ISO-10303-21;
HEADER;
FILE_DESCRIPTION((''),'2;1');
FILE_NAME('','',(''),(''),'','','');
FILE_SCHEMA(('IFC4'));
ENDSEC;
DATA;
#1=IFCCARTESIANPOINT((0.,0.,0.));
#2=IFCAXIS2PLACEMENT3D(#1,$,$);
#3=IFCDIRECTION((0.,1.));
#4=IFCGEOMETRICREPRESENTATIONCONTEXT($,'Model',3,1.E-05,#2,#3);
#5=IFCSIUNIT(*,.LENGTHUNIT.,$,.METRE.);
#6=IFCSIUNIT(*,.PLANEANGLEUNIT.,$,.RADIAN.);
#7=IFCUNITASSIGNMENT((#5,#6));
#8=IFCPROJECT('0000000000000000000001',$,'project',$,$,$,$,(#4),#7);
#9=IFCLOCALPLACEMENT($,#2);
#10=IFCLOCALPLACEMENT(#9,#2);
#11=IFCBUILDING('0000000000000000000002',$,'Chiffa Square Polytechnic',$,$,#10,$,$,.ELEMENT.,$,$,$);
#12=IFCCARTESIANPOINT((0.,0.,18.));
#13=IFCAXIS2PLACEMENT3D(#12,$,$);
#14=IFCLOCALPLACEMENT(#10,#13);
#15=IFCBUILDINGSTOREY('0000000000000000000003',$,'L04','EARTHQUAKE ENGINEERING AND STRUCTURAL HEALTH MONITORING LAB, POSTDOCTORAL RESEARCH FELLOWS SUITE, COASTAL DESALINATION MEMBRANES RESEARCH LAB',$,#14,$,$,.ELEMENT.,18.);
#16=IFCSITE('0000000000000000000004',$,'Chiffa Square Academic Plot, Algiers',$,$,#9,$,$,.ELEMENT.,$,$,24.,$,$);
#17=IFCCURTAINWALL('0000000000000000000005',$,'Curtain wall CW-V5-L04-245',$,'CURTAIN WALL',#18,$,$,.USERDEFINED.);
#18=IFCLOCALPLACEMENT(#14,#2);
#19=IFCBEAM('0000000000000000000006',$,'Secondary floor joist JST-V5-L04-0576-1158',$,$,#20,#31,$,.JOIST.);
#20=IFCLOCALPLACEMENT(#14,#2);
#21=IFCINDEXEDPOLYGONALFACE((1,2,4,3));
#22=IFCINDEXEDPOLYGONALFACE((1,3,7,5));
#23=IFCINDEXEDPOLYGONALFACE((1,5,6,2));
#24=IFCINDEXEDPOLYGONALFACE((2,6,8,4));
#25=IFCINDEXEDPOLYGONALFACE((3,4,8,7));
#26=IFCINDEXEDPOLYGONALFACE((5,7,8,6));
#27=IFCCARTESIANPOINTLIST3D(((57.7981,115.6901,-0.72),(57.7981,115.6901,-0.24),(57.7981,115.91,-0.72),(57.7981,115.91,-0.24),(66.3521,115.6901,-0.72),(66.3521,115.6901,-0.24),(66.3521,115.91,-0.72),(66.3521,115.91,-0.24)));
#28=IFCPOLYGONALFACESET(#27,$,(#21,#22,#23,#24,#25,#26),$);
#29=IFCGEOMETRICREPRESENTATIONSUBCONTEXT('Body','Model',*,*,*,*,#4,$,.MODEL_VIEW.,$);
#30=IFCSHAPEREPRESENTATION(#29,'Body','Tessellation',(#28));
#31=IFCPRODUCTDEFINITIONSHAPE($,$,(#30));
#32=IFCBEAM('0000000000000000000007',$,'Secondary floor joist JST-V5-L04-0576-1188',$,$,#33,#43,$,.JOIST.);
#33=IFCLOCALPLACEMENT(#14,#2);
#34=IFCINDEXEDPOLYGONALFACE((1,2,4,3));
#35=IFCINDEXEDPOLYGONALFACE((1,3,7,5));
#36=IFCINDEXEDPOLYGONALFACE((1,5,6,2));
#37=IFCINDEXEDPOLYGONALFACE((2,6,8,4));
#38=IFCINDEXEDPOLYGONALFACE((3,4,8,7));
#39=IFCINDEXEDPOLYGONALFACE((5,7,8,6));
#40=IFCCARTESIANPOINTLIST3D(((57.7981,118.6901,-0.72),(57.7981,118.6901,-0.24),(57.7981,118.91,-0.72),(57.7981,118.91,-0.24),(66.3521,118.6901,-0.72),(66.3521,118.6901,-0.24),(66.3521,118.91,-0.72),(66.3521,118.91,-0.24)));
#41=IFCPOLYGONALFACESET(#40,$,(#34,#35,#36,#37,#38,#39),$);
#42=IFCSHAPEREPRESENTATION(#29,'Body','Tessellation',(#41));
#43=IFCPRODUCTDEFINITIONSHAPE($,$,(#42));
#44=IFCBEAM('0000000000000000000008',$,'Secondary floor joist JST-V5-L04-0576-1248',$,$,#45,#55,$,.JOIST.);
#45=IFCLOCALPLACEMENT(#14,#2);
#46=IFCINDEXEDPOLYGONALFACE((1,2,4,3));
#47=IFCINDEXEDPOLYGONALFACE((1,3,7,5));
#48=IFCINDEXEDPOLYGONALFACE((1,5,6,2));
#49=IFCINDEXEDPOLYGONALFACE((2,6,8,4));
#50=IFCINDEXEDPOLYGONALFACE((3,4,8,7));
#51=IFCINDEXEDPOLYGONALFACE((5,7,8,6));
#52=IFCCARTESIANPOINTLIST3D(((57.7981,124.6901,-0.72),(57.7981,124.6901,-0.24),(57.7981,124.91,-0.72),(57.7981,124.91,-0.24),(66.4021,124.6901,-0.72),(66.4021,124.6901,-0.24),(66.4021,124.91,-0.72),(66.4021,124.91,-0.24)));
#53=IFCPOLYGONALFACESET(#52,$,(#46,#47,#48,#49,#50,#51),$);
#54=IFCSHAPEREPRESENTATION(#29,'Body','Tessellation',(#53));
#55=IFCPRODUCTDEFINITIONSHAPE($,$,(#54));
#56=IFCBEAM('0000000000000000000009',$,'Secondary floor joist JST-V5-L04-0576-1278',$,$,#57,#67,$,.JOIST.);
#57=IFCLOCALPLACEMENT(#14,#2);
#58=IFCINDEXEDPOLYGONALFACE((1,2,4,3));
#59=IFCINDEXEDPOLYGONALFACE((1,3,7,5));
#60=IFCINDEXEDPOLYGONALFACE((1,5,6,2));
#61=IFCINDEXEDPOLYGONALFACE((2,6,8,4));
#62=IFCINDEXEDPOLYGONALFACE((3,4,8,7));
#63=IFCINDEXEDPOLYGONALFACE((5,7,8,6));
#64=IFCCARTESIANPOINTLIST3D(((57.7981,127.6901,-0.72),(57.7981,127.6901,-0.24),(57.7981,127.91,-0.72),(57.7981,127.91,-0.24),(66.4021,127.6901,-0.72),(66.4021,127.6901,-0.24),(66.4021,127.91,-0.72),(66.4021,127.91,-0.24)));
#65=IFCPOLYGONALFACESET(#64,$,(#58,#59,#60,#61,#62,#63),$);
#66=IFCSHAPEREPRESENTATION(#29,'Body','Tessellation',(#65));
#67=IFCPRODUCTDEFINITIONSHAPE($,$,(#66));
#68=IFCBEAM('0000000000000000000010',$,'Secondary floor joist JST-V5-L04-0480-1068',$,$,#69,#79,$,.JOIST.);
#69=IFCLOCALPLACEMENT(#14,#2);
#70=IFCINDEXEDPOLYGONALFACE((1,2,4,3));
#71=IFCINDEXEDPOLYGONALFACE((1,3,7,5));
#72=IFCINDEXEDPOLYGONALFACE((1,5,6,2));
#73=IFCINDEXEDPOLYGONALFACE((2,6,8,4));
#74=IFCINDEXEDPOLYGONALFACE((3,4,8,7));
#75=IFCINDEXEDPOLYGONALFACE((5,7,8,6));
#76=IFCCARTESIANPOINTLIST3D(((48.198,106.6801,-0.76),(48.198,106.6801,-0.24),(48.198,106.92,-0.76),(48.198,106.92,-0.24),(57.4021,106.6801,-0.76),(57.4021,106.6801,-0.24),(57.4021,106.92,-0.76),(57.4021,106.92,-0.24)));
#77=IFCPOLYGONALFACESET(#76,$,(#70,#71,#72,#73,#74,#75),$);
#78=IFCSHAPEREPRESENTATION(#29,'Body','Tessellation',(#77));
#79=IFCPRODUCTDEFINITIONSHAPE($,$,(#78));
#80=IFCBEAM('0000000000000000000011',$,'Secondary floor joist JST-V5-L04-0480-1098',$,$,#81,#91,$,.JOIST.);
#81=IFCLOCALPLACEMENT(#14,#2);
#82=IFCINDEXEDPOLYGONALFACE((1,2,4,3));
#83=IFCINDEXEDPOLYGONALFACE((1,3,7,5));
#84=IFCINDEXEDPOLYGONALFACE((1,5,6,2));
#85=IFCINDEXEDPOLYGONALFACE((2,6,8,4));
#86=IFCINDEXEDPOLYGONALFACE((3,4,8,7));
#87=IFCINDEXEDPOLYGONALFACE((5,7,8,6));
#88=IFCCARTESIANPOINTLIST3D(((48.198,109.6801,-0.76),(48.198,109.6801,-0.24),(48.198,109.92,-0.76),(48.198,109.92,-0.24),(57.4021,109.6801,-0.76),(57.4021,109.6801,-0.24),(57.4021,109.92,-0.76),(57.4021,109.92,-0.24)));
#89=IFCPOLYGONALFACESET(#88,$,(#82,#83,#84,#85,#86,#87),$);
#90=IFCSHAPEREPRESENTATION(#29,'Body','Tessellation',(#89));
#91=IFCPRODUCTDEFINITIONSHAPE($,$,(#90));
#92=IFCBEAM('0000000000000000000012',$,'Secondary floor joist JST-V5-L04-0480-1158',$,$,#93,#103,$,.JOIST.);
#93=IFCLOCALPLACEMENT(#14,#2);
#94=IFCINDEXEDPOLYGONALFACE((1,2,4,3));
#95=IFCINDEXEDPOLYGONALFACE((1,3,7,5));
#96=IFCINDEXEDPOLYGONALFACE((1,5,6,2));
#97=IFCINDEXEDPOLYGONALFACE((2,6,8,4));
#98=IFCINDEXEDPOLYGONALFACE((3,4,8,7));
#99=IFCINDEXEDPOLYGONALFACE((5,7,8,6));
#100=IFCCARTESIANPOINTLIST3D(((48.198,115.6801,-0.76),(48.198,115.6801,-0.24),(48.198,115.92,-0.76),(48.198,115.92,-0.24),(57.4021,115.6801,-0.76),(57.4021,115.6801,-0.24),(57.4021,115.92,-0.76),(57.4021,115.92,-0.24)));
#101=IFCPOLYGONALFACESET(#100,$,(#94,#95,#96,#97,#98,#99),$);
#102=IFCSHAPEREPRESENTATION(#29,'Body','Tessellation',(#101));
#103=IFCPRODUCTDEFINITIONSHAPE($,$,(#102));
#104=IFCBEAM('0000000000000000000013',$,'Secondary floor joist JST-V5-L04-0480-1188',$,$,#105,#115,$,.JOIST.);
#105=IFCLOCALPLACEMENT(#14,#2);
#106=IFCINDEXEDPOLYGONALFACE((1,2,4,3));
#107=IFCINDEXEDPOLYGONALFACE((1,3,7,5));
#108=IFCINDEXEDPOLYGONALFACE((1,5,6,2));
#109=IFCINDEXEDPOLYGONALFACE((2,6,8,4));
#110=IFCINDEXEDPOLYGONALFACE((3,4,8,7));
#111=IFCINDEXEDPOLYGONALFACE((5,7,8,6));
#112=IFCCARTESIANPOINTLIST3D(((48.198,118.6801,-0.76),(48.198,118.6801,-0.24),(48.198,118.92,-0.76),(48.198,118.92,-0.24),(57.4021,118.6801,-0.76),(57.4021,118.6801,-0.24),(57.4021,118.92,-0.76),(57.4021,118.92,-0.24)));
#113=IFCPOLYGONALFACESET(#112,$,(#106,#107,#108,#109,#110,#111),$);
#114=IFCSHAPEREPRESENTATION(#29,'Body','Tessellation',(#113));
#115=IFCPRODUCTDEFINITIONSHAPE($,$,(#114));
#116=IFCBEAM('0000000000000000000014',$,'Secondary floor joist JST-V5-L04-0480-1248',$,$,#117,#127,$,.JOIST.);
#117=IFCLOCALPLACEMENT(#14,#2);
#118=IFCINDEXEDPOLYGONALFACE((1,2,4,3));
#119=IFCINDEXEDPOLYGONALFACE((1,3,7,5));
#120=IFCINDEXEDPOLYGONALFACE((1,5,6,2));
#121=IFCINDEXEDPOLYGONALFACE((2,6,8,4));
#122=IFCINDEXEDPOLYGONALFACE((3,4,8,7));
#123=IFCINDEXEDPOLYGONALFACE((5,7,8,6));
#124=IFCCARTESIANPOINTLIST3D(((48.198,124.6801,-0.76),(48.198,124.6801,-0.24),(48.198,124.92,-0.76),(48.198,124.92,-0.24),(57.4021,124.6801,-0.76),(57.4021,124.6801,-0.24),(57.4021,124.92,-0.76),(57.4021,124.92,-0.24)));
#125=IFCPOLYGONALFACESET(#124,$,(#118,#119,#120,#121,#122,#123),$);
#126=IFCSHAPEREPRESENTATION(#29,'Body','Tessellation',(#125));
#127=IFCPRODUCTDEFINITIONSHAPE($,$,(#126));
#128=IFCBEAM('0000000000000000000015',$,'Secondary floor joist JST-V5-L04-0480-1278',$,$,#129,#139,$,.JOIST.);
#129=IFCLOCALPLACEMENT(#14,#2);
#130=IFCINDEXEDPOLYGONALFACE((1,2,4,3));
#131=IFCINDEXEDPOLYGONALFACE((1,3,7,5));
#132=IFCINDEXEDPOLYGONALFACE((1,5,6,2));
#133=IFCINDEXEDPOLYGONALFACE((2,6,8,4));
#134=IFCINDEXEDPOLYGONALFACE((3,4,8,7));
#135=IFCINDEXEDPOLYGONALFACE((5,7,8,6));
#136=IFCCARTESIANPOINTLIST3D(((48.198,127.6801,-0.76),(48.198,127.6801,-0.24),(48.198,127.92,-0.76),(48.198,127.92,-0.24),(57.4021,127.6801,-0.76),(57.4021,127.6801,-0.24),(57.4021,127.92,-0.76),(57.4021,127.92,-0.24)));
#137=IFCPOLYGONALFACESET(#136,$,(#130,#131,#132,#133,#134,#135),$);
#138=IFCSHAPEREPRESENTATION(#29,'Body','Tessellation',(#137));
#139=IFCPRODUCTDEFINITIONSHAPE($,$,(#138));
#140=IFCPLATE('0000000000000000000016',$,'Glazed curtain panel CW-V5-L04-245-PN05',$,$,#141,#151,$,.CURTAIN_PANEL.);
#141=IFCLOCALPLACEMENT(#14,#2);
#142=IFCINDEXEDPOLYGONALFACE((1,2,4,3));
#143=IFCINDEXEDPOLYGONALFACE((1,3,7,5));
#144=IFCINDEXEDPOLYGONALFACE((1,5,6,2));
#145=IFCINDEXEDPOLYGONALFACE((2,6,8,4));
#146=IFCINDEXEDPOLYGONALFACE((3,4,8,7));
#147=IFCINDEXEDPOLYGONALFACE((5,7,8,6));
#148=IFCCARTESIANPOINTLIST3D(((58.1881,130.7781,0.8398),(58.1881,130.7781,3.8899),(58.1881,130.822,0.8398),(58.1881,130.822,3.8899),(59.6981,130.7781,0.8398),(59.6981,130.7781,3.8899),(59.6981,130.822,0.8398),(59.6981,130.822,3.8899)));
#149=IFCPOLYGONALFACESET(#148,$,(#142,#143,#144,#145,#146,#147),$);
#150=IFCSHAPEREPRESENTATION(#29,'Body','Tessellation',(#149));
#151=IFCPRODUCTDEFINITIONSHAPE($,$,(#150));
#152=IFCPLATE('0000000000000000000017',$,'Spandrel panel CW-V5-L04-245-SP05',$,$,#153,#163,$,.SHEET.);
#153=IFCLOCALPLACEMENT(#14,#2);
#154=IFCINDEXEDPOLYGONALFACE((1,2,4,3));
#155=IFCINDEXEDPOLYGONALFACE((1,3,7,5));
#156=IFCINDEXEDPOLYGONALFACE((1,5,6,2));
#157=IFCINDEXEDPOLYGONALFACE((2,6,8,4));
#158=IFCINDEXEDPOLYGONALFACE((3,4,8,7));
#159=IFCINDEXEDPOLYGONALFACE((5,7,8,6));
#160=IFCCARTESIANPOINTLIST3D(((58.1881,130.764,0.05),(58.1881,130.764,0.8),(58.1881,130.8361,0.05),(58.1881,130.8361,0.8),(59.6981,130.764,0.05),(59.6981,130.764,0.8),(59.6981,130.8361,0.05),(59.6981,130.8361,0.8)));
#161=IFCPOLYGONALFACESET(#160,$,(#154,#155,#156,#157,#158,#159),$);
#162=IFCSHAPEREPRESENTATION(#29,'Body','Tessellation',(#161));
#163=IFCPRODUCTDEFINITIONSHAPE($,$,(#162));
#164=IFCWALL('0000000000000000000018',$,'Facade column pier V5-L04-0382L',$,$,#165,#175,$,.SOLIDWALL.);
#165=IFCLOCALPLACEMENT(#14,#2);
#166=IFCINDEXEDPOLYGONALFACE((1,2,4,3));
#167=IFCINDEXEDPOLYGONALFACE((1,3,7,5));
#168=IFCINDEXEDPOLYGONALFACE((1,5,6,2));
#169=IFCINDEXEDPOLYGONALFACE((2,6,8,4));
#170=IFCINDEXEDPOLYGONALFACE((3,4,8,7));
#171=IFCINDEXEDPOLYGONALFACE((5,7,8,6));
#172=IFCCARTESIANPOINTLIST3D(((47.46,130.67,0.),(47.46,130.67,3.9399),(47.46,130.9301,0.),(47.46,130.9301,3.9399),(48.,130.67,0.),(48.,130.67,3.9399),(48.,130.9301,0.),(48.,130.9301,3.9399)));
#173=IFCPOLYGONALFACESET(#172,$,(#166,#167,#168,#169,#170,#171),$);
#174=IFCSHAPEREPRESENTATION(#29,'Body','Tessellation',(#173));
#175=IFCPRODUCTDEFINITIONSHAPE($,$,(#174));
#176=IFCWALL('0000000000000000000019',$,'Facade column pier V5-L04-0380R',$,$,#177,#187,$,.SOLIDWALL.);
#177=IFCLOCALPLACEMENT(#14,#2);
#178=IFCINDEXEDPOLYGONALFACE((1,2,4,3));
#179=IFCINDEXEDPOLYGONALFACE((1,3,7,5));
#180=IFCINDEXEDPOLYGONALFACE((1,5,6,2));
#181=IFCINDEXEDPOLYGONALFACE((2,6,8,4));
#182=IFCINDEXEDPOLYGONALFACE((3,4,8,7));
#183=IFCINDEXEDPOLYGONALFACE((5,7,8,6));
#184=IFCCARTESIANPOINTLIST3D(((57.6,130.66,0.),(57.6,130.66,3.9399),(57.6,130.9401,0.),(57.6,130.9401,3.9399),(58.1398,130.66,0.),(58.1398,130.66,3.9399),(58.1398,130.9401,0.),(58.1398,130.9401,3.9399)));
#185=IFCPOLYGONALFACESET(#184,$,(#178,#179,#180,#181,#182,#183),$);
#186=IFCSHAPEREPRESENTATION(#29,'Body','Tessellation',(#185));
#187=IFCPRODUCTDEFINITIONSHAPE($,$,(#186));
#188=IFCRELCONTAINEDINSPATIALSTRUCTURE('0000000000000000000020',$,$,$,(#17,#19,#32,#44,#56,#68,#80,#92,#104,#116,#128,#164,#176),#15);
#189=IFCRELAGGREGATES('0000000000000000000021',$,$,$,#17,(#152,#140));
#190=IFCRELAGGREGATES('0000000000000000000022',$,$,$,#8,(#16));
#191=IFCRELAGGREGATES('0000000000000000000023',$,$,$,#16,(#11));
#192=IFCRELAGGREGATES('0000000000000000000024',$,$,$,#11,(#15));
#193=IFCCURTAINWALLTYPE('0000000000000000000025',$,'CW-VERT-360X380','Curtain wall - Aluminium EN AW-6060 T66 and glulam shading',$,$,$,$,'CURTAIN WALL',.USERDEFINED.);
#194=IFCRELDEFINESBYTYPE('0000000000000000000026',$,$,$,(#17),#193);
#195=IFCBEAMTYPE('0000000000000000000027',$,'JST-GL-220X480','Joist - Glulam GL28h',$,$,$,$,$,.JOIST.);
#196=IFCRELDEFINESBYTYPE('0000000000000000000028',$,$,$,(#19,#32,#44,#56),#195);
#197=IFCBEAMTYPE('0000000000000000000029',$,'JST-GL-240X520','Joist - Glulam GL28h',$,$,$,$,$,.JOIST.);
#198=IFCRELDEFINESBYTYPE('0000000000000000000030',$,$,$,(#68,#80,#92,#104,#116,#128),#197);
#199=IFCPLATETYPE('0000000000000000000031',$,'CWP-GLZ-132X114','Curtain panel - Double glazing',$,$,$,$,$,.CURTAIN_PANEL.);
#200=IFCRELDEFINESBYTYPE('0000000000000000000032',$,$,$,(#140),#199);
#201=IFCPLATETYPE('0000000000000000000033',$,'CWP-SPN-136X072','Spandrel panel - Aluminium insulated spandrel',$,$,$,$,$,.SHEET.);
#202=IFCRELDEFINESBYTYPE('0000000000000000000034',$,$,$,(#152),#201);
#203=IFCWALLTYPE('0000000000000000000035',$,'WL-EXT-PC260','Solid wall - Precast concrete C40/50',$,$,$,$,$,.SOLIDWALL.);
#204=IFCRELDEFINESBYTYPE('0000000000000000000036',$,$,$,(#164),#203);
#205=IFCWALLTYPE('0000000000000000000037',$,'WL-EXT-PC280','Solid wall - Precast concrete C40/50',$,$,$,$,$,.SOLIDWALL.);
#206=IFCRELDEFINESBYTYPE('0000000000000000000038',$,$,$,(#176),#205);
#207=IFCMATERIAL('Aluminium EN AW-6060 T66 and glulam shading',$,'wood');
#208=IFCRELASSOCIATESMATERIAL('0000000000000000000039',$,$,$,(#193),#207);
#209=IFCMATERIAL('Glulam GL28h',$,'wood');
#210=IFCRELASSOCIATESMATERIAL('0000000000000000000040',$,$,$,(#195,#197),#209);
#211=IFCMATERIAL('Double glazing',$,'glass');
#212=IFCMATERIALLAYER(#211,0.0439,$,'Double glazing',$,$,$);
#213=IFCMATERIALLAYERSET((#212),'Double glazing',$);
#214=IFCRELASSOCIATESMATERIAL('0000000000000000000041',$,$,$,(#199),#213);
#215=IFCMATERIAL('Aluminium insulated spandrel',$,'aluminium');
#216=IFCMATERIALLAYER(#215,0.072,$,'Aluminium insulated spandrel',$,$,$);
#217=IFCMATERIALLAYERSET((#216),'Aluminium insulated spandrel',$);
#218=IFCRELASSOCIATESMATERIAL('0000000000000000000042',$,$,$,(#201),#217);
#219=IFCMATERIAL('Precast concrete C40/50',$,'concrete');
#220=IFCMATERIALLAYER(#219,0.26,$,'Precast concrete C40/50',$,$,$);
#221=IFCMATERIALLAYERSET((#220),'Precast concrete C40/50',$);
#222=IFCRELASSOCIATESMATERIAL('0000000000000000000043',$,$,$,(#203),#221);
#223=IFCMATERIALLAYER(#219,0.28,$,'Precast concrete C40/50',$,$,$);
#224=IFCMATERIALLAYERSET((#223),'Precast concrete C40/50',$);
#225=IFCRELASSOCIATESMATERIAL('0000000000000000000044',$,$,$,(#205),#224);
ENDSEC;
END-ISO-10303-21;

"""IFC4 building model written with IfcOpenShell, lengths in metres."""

from ifc_helpers import new_model, si_unit, direction, frame, frame_2d, origin, origin_2d, place, context, subcontext, project, spatial, rectangle, extrude, material, layer, layer_set, material_profile, profile_set, type_object, element, aggregate, save


model = new_model("IFC4")

# Units and contexts
model_context = context("Model", 3, precision=1e-05, world=origin(), true_north=direction((0.0, 1.0)))
body_context = subcontext(model_context, "Body", "Model", "MODEL_VIEW")
ifc_project = project(units=[si_unit("LENGTHUNIT", "METRE"), si_unit("PLANEANGLEUNIT", "RADIAN")], contexts=[model_context])

# Site, building, storey
site_placement = place(None, origin())
site = spatial("IfcSite", under=ifc_project, at=site_placement, Name="Chiffa Square Academic Plot, Algiers", CompositionType="ELEMENT", RefElevation=24.0)
building_placement = place(site_placement, origin())
building = spatial("IfcBuilding", under=site, at=building_placement, Name="Chiffa Square Polytechnic", CompositionType="ELEMENT")
storey_placement = place(building_placement, frame((0.0, 0.0, 18.0)))
storey = spatial("IfcBuildingStorey", under=building, at=storey_placement, Name="L04", Description="EARTHQUAKE ENGINEERING AND STRUCTURAL HEALTH MONITORING LAB, POSTDOCTORAL RESEARCH FELLOWS SUITE, COASTAL DESALINATION MEMBRANES RESEARCH LAB", CompositionType="ELEMENT", Elevation=18.0)

# Curtain wall
ifc_material_1 = material(Name="Aluminium EN AW-6060 T66 and glulam shading", Category="wood")
curtain_wall_type = type_object("IfcCurtainWallType", Name="CW-VERT-360X380", Description="Curtain wall - Aluminium EN AW-6060 T66 and glulam shading", ElementType="CURTAIN WALL", PredefinedType="USERDEFINED", material=ifc_material_1)
curtain_wall_placement = place(storey_placement, origin())
curtain_wall = element("IfcCurtainWall", 1, at=curtain_wall_placement, inside=storey, type_object=curtain_wall_type, Name="Curtain wall CW-V5-L04-245", ObjectType="CURTAIN WALL", PredefinedType="USERDEFINED")
ifc_material_2 = material(Name="Glulam GL28h", Category="wood")

# Beams
ifc_material_profile_1 = material_profile(ifc_material_2, rectangle(XDim=0.22, YDim=0.48, at=origin_2d()), Name="GL28h 220x480")
ifc_profile_set_1 = profile_set([ifc_material_profile_1], Name="Glulam GL28h")
beam_type_1 = type_object("IfcBeamType", Name="JST-GL-220X480", Description="Joist - Glulam GL28h", PredefinedType="JOIST", material=ifc_profile_set_1)
for number, where, z_axis, x_axis, name in (
    (2, (57.7981, 115.8, -0.48), (1.0, 0.0, 0.0), (0.0, 1.0, 0.0), "Secondary floor joist JST-V5-L04-0576-1158"),
    (3, (57.7981, 118.8, -0.48), (1.0, 0.0, 0.0), (0.0, 1.0, 0.0), "Secondary floor joist JST-V5-L04-0576-1188"),
):
    element("IfcBeam", number, at=place(storey_placement, frame(where, z_axis=z_axis, x_axis=x_axis)), inside=storey, type_object=beam_type_1, Name=name, PredefinedType="JOIST", context=body_context, shape_type="SweptSolid", body=[
        extrude(rectangle(XDim=0.22, YDim=0.48, at=origin_2d()), origin(), (0.0, 0.0, 1.0), 8.554),
    ])
for number, where, z_axis, x_axis, name in (
    (4, (57.7981, 124.8, -0.48), (1.0, 0.0, 0.0), (0.0, 1.0, 0.0), "Secondary floor joist JST-V5-L04-0576-1248"),
    (5, (57.7981, 127.8, -0.48), (1.0, 0.0, 0.0), (0.0, 1.0, 0.0), "Secondary floor joist JST-V5-L04-0576-1278"),
):
    element("IfcBeam", number, at=place(storey_placement, frame(where, z_axis=z_axis, x_axis=x_axis)), inside=storey, type_object=beam_type_1, Name=name, PredefinedType="JOIST", context=body_context, shape_type="SweptSolid", body=[
        extrude(rectangle(XDim=0.22, YDim=0.48, at=origin_2d()), origin(), (0.0, 0.0, 1.0), 8.604),
    ])
ifc_material_profile_2 = material_profile(ifc_material_2, rectangle(XDim=0.24, YDim=0.52, at=origin_2d()), Name="GL28h 240x520")
ifc_profile_set_2 = profile_set([ifc_material_profile_2], Name="Glulam GL28h")
beam_type_2 = type_object("IfcBeamType", Name="JST-GL-240X520", Description="Joist - Glulam GL28h", PredefinedType="JOIST", material=ifc_profile_set_2)
for number, where, z_axis, x_axis, name in (
    (6, (48.198, 106.8, -0.5), (1.0, 0.0, 0.0), (0.0, 1.0, 0.0), "Secondary floor joist JST-V5-L04-0480-1068"),
    (7, (48.198, 109.8, -0.5), (1.0, 0.0, 0.0), (0.0, 1.0, 0.0), "Secondary floor joist JST-V5-L04-0480-1098"),
    (8, (48.198, 115.8, -0.5), (1.0, 0.0, 0.0), (0.0, 1.0, 0.0), "Secondary floor joist JST-V5-L04-0480-1158"),
    (9, (48.198, 118.8, -0.5), (1.0, 0.0, 0.0), (0.0, 1.0, 0.0), "Secondary floor joist JST-V5-L04-0480-1188"),
    (10, (48.198, 124.8, -0.5), (1.0, 0.0, 0.0), (0.0, 1.0, 0.0), "Secondary floor joist JST-V5-L04-0480-1248"),
    (11, (48.198, 127.8, -0.5), (1.0, 0.0, 0.0), (0.0, 1.0, 0.0), "Secondary floor joist JST-V5-L04-0480-1278"),
):
    element("IfcBeam", number, at=place(storey_placement, frame(where, z_axis=z_axis, x_axis=x_axis)), inside=storey, type_object=beam_type_2, Name=name, PredefinedType="JOIST", context=body_context, shape_type="SweptSolid", body=[
        extrude(rectangle(XDim=0.24, YDim=0.52, at=origin_2d()), origin(), (0.0, 0.0, 1.0), 9.2041),
    ])

# Plates
ifc_material_3 = material(Name="Double glazing", Category="glass")
ifc_layer_1 = layer(ifc_material_3, 0.0439, Name="Double glazing")
ifc_layer_set_1 = layer_set([ifc_layer_1], Name="Double glazing")
plate_type_1 = type_object("IfcPlateType", Name="CWP-GLZ-132X114", Description="Curtain panel - Double glazing", PredefinedType="CURTAIN_PANEL", material=ifc_layer_set_1)
plate_1_placement = place(storey_placement, frame((58.9431, 130.8, 0.8398), z_axis=(0.0, 0.0, 1.0), x_axis=(-1.0, 0.0, 0.0)))
plate_1 = element("IfcPlate", 12, at=plate_1_placement, type_object=plate_type_1, Name="Glazed curtain panel CW-V5-L04-245-PN05", PredefinedType="CURTAIN_PANEL", context=body_context, shape_type="SweptSolid", body=[
    extrude(rectangle(XDim=1.51, YDim=0.0439, at=origin_2d()), origin(), (0.0, 0.0, 1.0), 3.05),
])
ifc_material_4 = material(Name="Aluminium insulated spandrel", Category="aluminium")
ifc_layer_2 = layer(ifc_material_4, 0.072, Name="Aluminium insulated spandrel")
ifc_layer_set_2 = layer_set([ifc_layer_2], Name="Aluminium insulated spandrel")
plate_type_2 = type_object("IfcPlateType", Name="CWP-SPN-136X072", Description="Spandrel panel - Aluminium insulated spandrel", PredefinedType="SHEET", material=ifc_layer_set_2)
plate_2_placement = place(storey_placement, frame((58.9431, 130.8, 0.05), z_axis=(0.0, 0.0, 1.0), x_axis=(-1.0, 0.0, 0.0)))
plate_2 = element("IfcPlate", 13, at=plate_2_placement, type_object=plate_type_2, Name="Spandrel panel CW-V5-L04-245-SP05", PredefinedType="SHEET", context=body_context, shape_type="SweptSolid", body=[
    extrude(rectangle(XDim=1.51, YDim=0.072, at=origin_2d()), origin(), (0.0, 0.0, 1.0), 0.75),
])
aggregate(curtain_wall, [plate_2, plate_1])

# Walls
ifc_material_5 = material(Name="Precast concrete C40/50", Category="concrete")
ifc_layer_3 = layer(ifc_material_5, 0.26, Name="Precast concrete C40/50")
ifc_layer_set_3 = layer_set([ifc_layer_3], Name="Precast concrete C40/50")
wall_type_1 = type_object("IfcWallType", Name="WL-EXT-PC260", Description="Solid wall - Precast concrete C40/50", PredefinedType="SOLIDWALL", material=ifc_layer_set_3)
wall_1_placement = place(storey_placement, frame((48.0, 130.8, 0.0), z_axis=(0.0, 0.0, 1.0), x_axis=(-1.0, 0.0, 0.0)))
element("IfcWall", 14, at=wall_1_placement, inside=storey, type_object=wall_type_1, Name="Facade column pier V5-L04-0382L", PredefinedType="SOLIDWALL", context=body_context, shape_type="SweptSolid", body=[
    extrude(rectangle(XDim=0.54, YDim=0.26, at=frame_2d((0.27, 0.0))), origin(), (0.0, 0.0, 1.0), 3.9399),
])
ifc_layer_4 = layer(ifc_material_5, 0.28, Name="Precast concrete C40/50")
ifc_layer_set_4 = layer_set([ifc_layer_4], Name="Precast concrete C40/50")
wall_type_2 = type_object("IfcWallType", Name="WL-EXT-PC280", Description="Solid wall - Precast concrete C40/50", PredefinedType="SOLIDWALL", material=ifc_layer_set_4)
wall_2_placement = place(storey_placement, frame((58.1399, 130.8, 0.0), z_axis=(0.0, 0.0, 1.0), x_axis=(-1.0, 0.0, 0.0)))
element("IfcWall", 15, at=wall_2_placement, inside=storey, type_object=wall_type_2, Name="Facade column pier V5-L04-0380R", PredefinedType="SOLIDWALL", context=body_context, shape_type="SweptSolid", body=[
    extrude(rectangle(XDim=0.5398, YDim=0.28, at=frame_2d((0.27, 0.0))), origin(), (0.0, 0.0, 1.0), 3.9399),
])

save(model, "model.ifc")
